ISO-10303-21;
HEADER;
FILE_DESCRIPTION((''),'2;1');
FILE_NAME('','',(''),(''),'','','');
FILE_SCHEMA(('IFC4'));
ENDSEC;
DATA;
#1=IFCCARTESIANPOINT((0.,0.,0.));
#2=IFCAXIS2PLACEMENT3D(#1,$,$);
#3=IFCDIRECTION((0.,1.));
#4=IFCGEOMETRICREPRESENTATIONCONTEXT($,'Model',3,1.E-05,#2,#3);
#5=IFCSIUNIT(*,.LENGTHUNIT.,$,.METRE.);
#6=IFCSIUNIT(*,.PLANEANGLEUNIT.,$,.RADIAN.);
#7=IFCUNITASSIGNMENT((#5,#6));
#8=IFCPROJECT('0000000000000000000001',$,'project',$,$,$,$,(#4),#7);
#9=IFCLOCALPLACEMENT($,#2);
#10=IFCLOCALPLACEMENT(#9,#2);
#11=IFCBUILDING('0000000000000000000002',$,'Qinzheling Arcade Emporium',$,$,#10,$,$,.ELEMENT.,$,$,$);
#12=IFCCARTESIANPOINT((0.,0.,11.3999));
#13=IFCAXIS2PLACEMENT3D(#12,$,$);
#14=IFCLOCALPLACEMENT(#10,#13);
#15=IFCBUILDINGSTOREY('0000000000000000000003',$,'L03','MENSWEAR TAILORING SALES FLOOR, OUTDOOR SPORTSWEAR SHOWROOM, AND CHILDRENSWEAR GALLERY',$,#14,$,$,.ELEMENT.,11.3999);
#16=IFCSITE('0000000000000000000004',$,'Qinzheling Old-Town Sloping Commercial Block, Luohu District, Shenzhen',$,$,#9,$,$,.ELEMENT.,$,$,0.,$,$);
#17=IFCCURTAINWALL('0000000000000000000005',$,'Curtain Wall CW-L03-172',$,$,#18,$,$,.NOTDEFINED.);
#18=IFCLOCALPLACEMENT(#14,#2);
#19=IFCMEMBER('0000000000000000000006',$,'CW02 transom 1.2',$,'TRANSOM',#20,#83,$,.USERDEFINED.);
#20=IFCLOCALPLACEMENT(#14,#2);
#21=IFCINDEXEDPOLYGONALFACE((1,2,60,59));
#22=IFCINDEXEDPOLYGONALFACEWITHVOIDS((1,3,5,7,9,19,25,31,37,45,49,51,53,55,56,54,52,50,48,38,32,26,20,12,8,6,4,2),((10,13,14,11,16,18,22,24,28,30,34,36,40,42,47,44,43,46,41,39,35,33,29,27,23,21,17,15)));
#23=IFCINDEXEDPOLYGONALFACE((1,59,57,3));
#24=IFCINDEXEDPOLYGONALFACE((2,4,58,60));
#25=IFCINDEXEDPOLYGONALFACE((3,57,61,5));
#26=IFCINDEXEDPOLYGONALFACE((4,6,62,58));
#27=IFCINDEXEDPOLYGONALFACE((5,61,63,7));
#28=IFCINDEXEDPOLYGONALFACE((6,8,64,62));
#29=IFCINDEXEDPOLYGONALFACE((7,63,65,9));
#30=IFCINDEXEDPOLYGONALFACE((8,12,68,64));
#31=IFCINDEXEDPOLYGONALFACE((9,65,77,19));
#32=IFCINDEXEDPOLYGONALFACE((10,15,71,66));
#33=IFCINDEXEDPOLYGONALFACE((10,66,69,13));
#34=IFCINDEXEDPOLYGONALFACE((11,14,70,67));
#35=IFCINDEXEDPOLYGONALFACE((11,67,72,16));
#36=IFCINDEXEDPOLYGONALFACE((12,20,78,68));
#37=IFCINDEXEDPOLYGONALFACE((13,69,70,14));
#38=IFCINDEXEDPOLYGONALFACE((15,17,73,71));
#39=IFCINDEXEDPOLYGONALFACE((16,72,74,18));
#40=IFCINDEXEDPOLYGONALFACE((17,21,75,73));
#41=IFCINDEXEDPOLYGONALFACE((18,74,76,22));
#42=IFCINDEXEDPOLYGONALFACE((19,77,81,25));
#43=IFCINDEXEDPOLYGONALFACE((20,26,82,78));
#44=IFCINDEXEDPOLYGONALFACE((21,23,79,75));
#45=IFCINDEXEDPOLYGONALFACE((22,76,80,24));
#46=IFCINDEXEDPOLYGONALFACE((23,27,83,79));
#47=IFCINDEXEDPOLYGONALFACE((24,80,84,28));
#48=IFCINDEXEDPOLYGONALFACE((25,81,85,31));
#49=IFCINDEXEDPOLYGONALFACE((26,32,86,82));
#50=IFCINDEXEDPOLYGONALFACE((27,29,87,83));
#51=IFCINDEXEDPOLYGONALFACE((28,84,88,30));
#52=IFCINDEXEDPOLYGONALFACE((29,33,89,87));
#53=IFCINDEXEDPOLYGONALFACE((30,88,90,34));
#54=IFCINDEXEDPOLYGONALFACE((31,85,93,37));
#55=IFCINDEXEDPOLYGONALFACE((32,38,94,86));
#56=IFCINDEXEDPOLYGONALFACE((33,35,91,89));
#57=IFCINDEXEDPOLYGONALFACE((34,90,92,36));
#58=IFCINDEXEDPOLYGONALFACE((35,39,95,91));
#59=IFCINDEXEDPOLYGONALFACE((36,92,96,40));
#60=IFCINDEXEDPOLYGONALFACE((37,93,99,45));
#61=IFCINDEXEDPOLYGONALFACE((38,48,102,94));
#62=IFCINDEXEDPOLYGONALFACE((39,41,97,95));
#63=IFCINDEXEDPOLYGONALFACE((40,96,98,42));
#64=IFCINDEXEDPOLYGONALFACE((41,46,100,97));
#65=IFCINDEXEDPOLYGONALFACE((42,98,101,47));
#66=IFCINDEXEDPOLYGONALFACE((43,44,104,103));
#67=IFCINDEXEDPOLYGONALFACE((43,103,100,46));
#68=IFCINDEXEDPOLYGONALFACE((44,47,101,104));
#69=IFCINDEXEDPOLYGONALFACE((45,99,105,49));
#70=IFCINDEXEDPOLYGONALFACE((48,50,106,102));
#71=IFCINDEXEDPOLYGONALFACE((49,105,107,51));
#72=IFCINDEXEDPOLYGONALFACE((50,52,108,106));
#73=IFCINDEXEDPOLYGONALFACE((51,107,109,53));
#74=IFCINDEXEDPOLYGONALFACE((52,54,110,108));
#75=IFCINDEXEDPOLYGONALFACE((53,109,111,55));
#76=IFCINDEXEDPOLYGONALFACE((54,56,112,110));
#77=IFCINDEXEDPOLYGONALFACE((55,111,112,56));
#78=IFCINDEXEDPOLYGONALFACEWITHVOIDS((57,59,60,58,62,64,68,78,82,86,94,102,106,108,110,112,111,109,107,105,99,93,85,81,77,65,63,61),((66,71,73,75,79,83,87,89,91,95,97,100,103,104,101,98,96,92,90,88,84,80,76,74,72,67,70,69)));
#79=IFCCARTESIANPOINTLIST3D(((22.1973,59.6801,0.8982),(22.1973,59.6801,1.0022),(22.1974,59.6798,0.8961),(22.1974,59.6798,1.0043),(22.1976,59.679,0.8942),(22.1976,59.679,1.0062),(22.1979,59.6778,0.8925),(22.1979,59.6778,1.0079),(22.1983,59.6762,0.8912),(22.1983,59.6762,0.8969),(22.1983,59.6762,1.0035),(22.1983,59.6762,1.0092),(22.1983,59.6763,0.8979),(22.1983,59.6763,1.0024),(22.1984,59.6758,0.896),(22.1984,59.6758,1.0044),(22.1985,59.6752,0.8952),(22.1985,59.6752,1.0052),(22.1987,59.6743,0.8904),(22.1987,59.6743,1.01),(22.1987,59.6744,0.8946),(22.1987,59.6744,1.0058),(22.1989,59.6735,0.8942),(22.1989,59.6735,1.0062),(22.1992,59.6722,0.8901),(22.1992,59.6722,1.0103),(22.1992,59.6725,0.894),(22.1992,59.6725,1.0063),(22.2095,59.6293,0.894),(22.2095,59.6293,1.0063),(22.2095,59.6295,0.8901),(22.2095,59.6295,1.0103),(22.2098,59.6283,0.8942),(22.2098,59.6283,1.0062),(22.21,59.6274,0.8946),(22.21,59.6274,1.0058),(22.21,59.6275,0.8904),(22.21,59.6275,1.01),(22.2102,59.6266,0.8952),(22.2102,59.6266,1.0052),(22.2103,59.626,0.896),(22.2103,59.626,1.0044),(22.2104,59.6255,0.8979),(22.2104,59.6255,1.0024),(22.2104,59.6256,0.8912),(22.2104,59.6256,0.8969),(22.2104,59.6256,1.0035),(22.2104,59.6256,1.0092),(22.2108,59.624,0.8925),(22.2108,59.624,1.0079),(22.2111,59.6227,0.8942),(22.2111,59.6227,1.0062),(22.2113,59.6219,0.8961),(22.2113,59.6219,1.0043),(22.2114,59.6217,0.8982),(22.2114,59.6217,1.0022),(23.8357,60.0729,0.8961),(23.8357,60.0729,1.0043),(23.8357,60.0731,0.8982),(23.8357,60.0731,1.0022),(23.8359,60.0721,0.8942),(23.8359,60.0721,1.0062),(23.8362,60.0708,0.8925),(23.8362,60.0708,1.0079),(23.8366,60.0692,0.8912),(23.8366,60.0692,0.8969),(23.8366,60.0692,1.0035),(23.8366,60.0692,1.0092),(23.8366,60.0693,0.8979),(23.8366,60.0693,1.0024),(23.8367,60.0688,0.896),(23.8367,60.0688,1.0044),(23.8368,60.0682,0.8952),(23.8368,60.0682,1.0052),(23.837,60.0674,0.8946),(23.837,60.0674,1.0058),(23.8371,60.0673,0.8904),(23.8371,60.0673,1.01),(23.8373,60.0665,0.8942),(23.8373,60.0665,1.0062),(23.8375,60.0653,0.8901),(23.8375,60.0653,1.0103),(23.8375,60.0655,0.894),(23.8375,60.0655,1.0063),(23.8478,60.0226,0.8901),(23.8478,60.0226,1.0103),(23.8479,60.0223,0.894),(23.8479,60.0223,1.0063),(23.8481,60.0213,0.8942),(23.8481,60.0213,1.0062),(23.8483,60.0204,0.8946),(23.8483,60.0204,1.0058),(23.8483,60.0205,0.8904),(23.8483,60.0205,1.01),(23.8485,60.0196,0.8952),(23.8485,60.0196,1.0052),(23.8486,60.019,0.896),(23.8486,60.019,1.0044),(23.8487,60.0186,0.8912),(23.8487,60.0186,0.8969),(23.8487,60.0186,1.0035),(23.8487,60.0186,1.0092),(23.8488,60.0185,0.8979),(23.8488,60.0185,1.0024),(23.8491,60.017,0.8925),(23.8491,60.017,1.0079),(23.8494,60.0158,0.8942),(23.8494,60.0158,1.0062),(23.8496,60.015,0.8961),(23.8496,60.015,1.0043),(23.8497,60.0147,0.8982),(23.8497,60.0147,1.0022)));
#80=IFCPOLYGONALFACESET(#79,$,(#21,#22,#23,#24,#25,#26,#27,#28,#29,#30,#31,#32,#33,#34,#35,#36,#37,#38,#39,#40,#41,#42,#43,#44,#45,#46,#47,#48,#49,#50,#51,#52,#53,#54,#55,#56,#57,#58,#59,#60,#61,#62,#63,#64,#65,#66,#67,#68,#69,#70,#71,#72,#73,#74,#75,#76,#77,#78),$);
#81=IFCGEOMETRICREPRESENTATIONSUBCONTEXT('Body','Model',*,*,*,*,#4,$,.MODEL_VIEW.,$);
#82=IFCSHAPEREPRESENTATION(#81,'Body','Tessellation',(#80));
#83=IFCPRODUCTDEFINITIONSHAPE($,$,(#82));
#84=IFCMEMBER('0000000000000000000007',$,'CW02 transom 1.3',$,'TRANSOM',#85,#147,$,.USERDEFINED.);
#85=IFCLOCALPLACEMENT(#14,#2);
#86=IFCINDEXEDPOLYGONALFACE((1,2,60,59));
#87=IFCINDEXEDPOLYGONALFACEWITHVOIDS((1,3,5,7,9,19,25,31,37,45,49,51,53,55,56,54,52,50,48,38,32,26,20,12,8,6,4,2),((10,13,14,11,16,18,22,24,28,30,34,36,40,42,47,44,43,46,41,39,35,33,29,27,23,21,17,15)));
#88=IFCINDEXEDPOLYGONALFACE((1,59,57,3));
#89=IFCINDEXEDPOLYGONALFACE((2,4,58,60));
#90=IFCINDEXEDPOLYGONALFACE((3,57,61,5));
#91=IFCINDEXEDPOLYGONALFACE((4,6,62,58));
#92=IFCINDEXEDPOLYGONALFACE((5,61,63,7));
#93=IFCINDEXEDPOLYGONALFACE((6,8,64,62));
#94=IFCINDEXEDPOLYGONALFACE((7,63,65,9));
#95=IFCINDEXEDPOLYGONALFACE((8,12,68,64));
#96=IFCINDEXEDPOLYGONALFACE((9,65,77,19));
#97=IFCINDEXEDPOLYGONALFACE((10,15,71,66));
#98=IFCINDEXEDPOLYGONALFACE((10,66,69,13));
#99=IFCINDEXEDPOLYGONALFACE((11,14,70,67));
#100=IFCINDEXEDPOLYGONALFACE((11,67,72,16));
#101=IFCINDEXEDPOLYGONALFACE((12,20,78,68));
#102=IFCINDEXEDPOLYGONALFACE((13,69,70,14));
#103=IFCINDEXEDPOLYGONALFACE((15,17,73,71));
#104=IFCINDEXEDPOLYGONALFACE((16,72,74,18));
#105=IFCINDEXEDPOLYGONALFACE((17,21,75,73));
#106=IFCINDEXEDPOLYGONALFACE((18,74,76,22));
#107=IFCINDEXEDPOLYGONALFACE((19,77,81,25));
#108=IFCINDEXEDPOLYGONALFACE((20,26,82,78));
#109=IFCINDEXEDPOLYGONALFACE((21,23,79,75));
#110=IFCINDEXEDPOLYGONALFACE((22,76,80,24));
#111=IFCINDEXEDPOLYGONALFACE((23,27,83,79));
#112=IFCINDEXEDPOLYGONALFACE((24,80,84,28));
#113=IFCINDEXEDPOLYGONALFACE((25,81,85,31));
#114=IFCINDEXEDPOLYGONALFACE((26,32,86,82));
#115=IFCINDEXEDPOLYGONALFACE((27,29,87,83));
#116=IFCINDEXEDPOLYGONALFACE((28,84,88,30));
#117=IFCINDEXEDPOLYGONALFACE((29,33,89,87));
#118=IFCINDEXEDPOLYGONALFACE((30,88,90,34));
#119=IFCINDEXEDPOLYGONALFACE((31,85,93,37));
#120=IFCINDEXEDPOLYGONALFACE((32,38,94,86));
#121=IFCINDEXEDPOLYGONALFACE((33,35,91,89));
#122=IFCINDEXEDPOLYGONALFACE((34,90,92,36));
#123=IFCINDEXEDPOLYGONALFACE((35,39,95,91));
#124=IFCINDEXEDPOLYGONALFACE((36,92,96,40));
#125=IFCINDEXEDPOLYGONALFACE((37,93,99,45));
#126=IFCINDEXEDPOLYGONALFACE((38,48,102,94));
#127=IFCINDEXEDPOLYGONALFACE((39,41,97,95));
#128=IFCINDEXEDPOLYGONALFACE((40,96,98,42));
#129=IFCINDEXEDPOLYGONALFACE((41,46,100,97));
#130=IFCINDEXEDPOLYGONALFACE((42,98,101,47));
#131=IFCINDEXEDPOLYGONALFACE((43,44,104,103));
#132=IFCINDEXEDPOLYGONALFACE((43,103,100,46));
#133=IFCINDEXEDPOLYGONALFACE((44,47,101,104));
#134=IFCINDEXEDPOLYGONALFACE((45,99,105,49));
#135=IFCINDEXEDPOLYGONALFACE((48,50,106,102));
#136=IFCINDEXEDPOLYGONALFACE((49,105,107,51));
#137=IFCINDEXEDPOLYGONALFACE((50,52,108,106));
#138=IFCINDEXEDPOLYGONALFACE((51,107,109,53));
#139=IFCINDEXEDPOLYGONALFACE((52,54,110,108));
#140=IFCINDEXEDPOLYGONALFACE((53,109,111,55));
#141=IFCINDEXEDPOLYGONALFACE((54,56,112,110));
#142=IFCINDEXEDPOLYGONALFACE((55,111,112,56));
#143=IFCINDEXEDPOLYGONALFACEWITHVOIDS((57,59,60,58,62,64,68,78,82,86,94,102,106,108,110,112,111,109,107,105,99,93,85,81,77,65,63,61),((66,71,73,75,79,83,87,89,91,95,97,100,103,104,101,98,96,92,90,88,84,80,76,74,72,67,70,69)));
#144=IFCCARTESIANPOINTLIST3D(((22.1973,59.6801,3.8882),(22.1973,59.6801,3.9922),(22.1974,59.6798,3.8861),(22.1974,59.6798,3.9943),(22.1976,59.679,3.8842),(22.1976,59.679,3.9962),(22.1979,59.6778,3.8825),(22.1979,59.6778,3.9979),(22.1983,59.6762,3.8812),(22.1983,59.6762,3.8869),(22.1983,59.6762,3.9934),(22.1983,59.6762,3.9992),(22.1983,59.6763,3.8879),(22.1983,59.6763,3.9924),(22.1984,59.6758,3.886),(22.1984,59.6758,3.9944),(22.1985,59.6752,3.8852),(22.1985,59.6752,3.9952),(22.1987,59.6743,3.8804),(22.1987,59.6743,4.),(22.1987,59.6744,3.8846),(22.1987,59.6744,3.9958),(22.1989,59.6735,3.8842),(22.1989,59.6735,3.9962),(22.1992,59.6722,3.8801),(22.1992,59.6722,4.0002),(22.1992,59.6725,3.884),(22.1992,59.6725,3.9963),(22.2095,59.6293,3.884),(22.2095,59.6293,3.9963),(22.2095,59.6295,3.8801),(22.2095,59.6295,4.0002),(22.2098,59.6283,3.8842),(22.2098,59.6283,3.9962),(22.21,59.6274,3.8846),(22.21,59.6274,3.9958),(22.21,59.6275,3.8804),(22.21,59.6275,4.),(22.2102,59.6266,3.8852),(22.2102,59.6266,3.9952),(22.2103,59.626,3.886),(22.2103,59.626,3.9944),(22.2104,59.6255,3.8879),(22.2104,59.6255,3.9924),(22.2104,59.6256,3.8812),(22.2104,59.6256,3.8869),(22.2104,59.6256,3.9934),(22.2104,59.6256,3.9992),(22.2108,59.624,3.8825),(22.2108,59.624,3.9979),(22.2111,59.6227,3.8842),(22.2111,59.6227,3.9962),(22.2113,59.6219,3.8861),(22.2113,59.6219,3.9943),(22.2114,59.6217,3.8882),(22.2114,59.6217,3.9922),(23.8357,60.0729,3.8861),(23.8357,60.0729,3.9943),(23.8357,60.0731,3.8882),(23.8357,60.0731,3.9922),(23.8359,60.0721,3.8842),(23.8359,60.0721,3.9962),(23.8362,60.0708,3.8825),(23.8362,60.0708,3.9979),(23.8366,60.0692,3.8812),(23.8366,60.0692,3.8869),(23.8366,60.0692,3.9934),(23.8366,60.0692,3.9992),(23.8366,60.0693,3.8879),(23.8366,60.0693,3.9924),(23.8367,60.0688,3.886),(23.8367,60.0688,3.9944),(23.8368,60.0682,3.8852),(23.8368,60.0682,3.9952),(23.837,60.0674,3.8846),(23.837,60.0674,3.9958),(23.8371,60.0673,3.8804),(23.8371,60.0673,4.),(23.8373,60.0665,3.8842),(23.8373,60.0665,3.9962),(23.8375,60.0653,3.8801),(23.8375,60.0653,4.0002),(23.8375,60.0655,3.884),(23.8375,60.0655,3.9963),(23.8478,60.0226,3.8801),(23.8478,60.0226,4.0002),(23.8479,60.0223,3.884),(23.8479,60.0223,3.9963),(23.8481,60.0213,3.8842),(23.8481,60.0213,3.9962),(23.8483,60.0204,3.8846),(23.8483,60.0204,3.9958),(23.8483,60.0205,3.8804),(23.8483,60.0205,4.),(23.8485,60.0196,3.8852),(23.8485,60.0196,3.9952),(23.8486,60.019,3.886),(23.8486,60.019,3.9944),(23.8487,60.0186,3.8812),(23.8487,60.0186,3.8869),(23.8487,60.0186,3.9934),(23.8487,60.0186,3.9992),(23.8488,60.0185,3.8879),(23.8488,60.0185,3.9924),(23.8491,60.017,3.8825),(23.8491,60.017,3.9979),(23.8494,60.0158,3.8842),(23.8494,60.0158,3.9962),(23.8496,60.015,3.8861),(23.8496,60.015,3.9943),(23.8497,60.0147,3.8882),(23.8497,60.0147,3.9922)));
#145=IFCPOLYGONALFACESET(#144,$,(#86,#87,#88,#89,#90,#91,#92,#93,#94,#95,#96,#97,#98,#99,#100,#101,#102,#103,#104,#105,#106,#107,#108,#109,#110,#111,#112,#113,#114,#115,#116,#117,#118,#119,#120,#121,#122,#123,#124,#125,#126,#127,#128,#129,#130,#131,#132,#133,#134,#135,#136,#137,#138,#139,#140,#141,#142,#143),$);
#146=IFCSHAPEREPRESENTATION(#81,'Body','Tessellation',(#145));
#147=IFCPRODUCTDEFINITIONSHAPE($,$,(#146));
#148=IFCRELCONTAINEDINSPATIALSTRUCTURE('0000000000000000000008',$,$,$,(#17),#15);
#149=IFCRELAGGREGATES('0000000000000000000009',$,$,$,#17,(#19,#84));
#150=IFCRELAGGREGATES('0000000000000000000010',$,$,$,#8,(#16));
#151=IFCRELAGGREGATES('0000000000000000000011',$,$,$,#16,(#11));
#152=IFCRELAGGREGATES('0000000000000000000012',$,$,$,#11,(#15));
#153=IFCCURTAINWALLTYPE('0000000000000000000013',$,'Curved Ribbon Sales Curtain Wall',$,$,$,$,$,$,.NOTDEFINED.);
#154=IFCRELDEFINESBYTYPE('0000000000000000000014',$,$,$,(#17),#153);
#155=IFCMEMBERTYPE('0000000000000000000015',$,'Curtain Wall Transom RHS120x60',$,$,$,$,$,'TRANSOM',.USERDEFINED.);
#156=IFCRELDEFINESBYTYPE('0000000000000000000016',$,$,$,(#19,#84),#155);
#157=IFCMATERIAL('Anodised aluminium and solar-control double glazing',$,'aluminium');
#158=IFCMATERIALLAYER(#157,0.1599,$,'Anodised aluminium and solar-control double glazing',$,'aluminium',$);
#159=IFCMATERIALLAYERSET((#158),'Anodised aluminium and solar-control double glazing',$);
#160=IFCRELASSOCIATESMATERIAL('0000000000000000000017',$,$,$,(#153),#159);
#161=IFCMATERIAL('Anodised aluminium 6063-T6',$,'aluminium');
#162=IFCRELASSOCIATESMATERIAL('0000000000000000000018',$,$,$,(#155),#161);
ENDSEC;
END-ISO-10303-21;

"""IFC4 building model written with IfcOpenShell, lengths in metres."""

from ifc_helpers import new_model, si_unit, direction, frame, origin, origin_2d, place, context, subcontext, project, spatial, hollow_rectangle, extrude, material, layer, layer_set, material_profile, profile_set, type_object, element, aggregate, save


model = new_model("IFC4")

# Units and contexts
model_context = context("Model", 3, precision=1e-05, world=origin(), true_north=direction((0.0, 1.0)))
body_context = subcontext(model_context, "Body", "Model", "MODEL_VIEW")
ifc_project = project(units=[si_unit("LENGTHUNIT", "METRE"), si_unit("PLANEANGLEUNIT", "RADIAN")], contexts=[model_context])

# Site, building, storey
site_placement = place(None, origin())
site = spatial("IfcSite", under=ifc_project, at=site_placement, Name="Qinzheling Old-Town Sloping Commercial Block, Luohu District, Shenzhen", CompositionType="ELEMENT", RefElevation=0.0)
building_placement = place(site_placement, origin())
building = spatial("IfcBuilding", under=site, at=building_placement, Name="Qinzheling Arcade Emporium", CompositionType="ELEMENT")
storey_placement = place(building_placement, frame((0.0, 0.0, 11.3999)))
storey = spatial("IfcBuildingStorey", under=building, at=storey_placement, Name="L03", Description="MENSWEAR TAILORING SALES FLOOR, OUTDOOR SPORTSWEAR SHOWROOM, AND CHILDRENSWEAR GALLERY", CompositionType="ELEMENT", Elevation=11.3999)

# Shared definitions
ifc_material_1 = material(Name="Anodised aluminium and solar-control double glazing", Category="aluminium")
ifc_layer_1 = layer(ifc_material_1, 0.1599, Name="Anodised aluminium and solar-control double glazing", Category="aluminium")
ifc_layer_set_1 = layer_set([ifc_layer_1], Name="Anodised aluminium and solar-control double glazing")
curtain_wall_type = type_object("IfcCurtainWallType", Name="Curved Ribbon Sales Curtain Wall", PredefinedType="NOTDEFINED", material=ifc_layer_set_1)
ifc_material_2 = material(Name="Anodised aluminium 6063-T6", Category="aluminium")

# Curtain wall
curtain_wall_1_placement = place(storey_placement, origin())
curtain_wall_1 = element("IfcCurtainWall", 1, at=curtain_wall_1_placement, inside=storey, type_object=curtain_wall_type, Name="Curtain Wall CW-L03-172", PredefinedType="NOTDEFINED")

# Members
ifc_material_profile_1 = material_profile(ifc_material_2, hollow_rectangle(XDim=0.0601, YDim=0.1201, WallThickness=0.0039, InnerFilletRadius=0.0039, OuterFilletRadius=0.0081, at=origin_2d()), Name="RHS 120x60x4", Category="aluminium")
ifc_profile_set_1 = profile_set([ifc_material_profile_1], Name="Anodised aluminium 6063-T6")
member_type_1 = type_object("IfcMemberType", Name="Curtain Wall Transom RHS120x60", ElementType="TRANSOM", PredefinedType="USERDEFINED", material=ifc_profile_set_1)
member_1_placement = place(storey_placement, frame((22.2043, 59.6509, 0.9502), z_axis=(0.972408, 0.233285, 0.0), x_axis=(-0.233285, 0.972408, 0.0)))
member_1 = element("IfcMember", 2, at=member_1_placement, type_object=member_type_1, Name="CW02 transom 1.2", ObjectType="TRANSOM", PredefinedType="USERDEFINED", context=body_context, shape_type="SweptSolid", body=[
    extrude(hollow_rectangle(XDim=0.0601, YDim=0.1201, WallThickness=0.0039, InnerFilletRadius=0.0039, OuterFilletRadius=0.0081, at=origin_2d()), origin(), (0.0, 0.0, 1.0), 1.6848),
])
member_2_placement = place(storey_placement, frame((22.2043, 59.6509, 3.9402), z_axis=(0.972408, 0.233285, 0.0), x_axis=(-0.233285, 0.972408, 0.0)))
member_2 = element("IfcMember", 3, at=member_2_placement, type_object=member_type_1, Name="CW02 transom 1.3", ObjectType="TRANSOM", PredefinedType="USERDEFINED", context=body_context, shape_type="SweptSolid", body=[
    extrude(hollow_rectangle(XDim=0.0601, YDim=0.1201, WallThickness=0.0039, InnerFilletRadius=0.0039, OuterFilletRadius=0.0081, at=origin_2d()), origin(), (0.0, 0.0, 1.0), 1.6848),
])

aggregate(curtain_wall_1, [member_1, member_2])

save(model, "model.ifc")
